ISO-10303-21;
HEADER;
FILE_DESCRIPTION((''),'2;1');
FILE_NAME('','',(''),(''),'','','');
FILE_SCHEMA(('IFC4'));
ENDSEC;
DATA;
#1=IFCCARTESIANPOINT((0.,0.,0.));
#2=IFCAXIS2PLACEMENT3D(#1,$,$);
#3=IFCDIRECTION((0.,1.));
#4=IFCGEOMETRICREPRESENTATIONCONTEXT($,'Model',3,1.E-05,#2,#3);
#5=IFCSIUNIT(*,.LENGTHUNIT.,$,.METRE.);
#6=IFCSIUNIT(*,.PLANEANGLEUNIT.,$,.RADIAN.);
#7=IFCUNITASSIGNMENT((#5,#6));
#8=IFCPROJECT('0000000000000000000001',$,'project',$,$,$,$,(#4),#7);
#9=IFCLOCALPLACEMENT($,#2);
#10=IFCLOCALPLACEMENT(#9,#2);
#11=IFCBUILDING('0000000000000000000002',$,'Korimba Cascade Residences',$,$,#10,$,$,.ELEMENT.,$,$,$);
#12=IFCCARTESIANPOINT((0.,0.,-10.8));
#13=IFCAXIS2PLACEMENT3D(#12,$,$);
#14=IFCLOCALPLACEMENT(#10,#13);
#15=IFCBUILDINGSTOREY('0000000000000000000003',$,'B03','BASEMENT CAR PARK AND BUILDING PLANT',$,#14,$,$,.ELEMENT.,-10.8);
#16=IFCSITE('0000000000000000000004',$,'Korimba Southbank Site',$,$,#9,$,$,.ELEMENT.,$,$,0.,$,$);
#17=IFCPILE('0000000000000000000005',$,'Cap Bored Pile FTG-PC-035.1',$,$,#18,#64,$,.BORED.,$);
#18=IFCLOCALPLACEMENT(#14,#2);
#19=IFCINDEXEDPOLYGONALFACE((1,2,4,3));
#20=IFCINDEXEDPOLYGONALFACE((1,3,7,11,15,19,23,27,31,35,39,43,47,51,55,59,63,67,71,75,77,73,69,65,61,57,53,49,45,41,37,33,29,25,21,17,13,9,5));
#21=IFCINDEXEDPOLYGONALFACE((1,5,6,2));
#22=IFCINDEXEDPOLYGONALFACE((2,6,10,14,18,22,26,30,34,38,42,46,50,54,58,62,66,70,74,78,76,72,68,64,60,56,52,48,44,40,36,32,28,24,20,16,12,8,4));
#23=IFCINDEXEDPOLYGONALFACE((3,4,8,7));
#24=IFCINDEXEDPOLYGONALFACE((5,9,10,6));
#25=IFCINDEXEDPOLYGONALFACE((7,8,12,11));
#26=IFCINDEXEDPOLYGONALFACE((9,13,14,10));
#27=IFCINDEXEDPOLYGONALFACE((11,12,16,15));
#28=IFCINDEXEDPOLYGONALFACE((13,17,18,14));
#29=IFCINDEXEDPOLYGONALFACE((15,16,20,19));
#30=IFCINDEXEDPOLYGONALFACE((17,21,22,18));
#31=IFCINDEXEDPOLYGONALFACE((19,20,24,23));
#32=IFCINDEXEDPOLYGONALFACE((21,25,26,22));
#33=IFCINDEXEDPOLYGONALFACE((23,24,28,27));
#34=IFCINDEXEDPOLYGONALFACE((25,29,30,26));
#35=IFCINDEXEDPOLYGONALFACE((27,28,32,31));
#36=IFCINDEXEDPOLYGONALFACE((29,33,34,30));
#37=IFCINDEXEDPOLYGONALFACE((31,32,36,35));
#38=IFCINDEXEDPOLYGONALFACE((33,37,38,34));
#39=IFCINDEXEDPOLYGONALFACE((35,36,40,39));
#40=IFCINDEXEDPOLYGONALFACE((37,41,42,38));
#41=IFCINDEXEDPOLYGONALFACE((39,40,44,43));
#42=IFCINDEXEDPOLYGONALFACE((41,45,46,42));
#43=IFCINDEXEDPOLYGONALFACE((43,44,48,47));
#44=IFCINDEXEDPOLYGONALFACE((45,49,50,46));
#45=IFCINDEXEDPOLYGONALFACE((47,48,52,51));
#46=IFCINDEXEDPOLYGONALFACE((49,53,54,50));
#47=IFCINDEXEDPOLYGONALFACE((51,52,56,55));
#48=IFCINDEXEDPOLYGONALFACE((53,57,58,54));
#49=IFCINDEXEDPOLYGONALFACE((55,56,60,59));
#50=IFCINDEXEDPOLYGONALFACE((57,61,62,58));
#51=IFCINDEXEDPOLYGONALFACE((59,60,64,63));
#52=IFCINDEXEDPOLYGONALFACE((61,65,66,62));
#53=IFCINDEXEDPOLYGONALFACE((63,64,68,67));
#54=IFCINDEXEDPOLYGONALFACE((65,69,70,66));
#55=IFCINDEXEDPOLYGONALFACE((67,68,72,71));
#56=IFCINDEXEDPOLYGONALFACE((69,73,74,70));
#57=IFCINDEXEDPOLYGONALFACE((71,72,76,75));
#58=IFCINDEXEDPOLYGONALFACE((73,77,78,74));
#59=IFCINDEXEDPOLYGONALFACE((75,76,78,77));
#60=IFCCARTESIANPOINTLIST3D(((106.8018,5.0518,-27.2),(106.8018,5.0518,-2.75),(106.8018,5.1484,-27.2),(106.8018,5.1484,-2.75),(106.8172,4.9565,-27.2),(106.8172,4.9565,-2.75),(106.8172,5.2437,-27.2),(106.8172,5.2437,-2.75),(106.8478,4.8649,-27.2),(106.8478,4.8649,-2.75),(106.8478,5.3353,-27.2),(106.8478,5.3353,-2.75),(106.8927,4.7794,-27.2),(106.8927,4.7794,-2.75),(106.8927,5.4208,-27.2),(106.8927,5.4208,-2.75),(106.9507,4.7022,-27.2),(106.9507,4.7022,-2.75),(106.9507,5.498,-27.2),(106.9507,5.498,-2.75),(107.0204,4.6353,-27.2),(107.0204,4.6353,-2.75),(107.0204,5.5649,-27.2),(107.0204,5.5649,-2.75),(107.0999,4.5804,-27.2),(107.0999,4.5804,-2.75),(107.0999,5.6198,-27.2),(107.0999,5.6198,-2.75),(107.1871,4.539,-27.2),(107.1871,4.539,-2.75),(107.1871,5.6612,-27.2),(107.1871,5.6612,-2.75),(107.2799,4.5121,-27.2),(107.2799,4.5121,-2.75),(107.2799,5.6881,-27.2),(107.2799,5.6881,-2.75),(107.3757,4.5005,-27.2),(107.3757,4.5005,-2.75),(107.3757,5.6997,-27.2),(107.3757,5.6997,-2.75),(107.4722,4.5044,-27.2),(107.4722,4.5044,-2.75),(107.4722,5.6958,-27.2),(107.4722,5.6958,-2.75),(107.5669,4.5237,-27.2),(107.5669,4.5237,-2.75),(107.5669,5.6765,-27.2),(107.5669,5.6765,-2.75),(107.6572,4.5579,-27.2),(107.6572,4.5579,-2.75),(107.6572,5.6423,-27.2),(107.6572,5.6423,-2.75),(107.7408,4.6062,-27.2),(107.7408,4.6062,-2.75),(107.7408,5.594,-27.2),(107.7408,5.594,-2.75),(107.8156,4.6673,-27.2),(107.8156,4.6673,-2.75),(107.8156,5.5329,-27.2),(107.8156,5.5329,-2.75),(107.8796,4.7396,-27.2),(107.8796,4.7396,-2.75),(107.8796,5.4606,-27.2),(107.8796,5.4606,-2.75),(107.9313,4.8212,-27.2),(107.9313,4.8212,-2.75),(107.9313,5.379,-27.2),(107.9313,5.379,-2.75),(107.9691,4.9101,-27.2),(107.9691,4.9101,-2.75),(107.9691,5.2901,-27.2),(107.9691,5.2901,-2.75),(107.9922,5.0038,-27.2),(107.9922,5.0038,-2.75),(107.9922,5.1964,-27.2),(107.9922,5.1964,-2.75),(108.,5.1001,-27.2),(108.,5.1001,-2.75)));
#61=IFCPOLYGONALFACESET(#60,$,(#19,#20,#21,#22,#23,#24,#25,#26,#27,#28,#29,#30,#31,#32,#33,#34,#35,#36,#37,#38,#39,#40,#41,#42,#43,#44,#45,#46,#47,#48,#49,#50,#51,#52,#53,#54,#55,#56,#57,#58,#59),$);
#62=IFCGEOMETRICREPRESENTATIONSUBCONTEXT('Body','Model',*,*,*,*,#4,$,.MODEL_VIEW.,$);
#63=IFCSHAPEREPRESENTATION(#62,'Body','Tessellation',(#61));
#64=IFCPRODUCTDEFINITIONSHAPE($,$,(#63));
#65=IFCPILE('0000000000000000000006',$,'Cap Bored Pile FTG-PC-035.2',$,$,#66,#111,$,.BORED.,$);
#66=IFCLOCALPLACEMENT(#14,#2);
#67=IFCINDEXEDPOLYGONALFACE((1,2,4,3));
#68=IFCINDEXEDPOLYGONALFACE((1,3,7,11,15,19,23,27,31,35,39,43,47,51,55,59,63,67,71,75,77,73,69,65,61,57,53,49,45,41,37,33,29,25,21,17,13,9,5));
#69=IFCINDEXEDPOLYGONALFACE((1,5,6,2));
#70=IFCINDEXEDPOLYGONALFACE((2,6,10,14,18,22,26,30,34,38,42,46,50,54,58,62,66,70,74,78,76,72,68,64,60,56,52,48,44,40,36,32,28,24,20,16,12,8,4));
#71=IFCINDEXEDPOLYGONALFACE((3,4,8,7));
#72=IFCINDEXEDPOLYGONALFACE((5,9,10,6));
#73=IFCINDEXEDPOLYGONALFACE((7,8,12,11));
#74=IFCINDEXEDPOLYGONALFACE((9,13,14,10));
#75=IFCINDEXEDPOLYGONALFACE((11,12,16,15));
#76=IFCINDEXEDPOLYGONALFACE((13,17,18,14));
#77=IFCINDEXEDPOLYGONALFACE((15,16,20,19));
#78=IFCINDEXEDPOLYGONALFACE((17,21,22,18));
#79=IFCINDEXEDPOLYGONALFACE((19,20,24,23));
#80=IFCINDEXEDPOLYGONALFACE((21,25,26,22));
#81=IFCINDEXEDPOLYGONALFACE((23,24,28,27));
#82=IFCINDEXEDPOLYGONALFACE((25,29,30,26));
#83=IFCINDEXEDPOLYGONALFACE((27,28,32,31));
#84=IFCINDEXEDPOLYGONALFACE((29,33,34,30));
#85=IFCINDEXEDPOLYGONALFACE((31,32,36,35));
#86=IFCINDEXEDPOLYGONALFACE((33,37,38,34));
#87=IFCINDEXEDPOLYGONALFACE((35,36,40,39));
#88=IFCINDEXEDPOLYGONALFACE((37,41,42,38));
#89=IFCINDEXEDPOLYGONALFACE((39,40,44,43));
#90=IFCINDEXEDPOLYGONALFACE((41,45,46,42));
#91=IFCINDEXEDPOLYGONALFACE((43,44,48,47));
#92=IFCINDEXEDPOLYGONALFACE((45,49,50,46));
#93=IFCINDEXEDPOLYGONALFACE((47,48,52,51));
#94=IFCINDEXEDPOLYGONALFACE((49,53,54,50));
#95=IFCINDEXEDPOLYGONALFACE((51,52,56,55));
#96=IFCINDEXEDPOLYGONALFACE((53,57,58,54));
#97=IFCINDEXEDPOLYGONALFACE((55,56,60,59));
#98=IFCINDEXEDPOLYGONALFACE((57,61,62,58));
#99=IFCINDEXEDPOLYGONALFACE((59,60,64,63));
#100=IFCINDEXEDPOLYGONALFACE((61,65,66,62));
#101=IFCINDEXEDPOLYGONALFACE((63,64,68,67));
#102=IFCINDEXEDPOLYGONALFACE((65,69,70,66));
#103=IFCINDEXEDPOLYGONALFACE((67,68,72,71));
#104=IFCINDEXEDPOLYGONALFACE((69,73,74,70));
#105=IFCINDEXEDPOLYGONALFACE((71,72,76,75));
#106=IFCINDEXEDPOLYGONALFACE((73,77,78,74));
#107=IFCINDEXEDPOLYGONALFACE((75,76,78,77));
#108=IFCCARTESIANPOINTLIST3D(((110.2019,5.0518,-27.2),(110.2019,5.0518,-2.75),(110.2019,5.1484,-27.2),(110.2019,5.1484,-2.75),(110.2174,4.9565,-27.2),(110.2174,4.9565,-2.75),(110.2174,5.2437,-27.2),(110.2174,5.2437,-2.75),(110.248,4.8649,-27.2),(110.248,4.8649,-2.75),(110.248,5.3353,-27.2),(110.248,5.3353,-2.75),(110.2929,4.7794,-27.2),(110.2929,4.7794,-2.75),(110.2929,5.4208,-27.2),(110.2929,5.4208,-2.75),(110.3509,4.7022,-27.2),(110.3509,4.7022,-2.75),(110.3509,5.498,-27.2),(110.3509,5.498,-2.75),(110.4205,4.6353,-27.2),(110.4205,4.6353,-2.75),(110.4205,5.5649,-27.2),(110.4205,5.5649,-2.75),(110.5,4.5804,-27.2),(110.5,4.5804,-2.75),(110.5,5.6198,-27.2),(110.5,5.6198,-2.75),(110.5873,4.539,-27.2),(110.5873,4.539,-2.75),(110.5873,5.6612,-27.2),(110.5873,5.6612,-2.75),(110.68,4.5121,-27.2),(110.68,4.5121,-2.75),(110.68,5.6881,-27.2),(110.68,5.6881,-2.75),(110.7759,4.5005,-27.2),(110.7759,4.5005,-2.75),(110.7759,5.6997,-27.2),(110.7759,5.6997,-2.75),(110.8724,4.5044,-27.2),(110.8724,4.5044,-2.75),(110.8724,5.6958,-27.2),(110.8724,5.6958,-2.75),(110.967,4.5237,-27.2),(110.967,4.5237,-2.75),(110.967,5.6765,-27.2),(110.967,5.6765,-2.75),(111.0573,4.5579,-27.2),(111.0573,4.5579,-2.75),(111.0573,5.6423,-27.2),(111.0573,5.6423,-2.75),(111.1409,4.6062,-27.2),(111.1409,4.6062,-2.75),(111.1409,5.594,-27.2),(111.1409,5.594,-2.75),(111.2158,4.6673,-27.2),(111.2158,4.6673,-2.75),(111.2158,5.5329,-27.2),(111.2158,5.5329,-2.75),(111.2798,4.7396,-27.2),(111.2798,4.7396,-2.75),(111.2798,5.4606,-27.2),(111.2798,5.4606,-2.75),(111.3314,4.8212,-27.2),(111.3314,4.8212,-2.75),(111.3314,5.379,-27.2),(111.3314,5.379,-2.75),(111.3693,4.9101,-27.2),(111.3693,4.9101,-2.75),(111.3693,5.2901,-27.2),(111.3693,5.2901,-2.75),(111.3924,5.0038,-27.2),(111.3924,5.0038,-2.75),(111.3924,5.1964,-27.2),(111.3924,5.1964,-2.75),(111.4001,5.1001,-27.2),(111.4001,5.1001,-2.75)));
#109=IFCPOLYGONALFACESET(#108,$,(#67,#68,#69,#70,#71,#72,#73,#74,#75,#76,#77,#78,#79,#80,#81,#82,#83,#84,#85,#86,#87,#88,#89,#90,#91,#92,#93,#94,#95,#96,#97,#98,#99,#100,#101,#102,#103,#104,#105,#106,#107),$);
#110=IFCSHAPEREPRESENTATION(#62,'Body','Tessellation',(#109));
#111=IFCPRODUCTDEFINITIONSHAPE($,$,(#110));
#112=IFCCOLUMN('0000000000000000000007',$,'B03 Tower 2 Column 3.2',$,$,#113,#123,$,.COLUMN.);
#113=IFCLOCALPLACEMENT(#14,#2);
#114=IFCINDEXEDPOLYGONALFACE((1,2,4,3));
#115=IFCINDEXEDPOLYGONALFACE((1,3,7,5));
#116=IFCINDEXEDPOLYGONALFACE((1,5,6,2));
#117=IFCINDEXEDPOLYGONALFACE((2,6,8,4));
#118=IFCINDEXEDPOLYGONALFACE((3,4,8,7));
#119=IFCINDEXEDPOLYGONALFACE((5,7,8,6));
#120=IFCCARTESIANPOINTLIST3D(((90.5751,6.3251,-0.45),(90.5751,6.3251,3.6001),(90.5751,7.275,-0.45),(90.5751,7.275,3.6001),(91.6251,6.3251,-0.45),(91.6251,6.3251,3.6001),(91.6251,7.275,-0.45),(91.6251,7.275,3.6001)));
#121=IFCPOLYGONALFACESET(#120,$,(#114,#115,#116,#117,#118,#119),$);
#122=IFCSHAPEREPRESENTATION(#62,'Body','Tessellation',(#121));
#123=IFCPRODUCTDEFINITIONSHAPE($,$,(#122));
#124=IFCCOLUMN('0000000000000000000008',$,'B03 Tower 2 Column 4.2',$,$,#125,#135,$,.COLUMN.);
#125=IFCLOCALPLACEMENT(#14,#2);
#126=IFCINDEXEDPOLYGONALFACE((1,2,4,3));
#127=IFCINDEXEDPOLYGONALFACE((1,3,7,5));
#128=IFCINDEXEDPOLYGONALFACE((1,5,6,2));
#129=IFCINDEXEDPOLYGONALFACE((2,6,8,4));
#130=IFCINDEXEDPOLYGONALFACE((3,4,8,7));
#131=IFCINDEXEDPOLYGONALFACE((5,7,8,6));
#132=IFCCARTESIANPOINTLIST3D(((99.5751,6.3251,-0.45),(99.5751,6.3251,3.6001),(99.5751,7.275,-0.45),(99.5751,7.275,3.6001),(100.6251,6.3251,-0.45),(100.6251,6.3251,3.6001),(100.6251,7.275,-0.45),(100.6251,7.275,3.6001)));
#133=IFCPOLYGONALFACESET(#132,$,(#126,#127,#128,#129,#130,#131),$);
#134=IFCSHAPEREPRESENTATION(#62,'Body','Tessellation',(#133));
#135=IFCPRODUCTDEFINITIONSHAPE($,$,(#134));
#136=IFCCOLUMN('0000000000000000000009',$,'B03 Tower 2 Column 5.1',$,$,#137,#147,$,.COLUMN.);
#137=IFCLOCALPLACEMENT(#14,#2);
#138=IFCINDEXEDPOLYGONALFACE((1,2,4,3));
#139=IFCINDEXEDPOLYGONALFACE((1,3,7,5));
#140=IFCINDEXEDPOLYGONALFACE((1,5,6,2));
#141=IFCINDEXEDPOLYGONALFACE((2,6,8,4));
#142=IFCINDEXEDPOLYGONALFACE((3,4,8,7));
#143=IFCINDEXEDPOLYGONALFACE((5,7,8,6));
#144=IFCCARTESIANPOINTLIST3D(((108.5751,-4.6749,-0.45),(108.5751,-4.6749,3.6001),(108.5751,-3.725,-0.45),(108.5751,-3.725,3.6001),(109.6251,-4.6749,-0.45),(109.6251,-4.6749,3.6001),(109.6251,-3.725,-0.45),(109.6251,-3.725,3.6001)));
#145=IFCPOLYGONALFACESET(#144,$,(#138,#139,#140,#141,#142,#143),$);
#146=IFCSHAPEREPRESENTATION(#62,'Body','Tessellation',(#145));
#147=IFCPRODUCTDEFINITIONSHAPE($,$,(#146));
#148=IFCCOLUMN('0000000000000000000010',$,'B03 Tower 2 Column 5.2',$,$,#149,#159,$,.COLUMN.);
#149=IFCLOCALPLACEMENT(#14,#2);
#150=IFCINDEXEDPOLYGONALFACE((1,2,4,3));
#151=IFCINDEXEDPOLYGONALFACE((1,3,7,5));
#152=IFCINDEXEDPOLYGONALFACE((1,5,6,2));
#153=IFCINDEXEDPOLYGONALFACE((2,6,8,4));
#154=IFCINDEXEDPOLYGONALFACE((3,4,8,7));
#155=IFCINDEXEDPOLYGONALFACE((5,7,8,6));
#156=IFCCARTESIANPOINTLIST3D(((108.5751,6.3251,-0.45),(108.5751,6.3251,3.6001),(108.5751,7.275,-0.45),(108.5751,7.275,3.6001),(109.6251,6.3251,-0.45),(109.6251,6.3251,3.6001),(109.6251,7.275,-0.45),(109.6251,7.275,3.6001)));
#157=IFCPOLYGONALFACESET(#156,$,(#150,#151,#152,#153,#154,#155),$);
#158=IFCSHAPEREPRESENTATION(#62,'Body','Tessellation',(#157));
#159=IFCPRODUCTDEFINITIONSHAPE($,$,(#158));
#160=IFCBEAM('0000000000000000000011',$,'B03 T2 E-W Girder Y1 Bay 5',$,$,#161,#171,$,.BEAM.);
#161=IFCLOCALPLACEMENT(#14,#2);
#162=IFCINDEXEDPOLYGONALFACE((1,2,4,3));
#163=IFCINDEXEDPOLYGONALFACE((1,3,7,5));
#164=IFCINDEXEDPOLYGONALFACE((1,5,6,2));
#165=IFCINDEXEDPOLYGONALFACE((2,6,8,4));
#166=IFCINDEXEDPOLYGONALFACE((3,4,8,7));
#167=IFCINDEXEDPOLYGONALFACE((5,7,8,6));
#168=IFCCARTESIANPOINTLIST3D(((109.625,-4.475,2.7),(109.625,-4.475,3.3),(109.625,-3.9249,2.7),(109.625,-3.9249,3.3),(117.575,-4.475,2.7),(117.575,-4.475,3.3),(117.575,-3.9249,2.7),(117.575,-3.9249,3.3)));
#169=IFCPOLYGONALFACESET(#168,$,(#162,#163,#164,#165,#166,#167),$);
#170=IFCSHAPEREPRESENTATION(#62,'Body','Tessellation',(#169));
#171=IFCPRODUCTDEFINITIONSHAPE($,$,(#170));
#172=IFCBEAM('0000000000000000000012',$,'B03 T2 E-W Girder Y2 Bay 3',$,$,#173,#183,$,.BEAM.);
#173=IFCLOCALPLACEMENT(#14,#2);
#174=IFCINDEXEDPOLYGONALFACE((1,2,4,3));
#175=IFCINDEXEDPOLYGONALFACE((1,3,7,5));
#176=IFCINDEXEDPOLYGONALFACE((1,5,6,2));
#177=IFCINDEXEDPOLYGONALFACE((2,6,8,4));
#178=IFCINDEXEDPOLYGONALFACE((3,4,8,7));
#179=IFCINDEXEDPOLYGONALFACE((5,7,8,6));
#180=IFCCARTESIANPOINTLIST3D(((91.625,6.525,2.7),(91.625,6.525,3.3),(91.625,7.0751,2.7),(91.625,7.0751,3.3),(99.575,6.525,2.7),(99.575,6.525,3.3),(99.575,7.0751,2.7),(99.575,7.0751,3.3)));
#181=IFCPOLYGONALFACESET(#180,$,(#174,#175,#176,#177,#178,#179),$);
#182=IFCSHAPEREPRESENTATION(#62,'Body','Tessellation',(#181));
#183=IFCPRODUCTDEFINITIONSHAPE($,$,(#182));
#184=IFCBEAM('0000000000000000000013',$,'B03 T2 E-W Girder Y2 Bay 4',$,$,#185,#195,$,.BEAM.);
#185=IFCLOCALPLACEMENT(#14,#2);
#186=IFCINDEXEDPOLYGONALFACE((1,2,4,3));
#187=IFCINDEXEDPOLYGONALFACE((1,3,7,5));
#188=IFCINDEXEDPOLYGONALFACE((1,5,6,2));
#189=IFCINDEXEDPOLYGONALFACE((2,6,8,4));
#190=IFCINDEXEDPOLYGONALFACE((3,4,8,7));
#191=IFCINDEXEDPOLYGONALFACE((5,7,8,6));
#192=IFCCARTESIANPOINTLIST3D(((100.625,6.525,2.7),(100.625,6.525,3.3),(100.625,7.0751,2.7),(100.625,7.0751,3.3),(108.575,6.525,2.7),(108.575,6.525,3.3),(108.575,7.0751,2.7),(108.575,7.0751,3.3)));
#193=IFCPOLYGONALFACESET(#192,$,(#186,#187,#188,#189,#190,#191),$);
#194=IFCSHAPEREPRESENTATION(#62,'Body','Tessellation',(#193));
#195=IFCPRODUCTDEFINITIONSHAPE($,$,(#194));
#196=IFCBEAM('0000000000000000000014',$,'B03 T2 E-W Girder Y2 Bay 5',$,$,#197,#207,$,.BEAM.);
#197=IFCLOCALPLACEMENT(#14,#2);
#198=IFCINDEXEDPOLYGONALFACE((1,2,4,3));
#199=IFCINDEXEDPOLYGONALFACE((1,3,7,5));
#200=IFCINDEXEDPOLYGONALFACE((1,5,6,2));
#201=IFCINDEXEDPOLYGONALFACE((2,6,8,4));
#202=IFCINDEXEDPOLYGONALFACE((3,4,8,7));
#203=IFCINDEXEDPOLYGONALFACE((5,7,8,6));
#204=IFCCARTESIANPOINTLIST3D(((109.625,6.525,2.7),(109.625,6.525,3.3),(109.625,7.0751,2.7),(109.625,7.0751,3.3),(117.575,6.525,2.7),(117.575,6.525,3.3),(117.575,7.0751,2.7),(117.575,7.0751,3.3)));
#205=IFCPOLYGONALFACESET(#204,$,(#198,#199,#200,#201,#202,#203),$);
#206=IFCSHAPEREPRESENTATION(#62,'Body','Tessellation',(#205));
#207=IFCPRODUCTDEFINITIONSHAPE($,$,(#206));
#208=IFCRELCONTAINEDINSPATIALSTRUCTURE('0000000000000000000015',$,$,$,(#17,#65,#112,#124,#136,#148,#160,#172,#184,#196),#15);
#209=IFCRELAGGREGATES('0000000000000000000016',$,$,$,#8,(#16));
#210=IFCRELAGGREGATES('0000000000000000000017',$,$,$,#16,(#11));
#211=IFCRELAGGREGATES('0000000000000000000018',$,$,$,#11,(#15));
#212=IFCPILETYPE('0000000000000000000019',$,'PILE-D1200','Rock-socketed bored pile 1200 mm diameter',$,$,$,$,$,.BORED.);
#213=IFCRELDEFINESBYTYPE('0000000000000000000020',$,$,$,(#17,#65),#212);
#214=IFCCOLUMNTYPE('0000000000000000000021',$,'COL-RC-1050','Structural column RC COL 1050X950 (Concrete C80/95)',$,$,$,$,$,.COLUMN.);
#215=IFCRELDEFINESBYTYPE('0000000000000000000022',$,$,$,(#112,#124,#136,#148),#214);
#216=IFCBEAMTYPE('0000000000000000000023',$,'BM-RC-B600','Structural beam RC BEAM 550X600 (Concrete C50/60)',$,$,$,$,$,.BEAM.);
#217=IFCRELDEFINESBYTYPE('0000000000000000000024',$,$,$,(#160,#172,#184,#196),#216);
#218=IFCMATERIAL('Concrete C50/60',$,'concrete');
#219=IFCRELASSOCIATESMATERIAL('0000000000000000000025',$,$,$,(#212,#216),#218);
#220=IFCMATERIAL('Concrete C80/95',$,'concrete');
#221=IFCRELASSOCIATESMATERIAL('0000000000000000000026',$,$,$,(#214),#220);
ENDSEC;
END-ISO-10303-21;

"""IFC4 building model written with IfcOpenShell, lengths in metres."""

from ifc_helpers import new_model, si_unit, direction, frame, origin, origin_2d, place, context, subcontext, project, spatial, rectangle, circle, extrude, material, material_profile, profile_set, type_object, element, save


model = new_model("IFC4")

# Units and contexts
model_context = context("Model", 3, precision=1e-05, world=origin(), true_north=direction((0.0, 1.0)))
body_context = subcontext(model_context, "Body", "Model", "MODEL_VIEW")
ifc_project = project(units=[si_unit("LENGTHUNIT", "METRE"), si_unit("PLANEANGLEUNIT", "RADIAN")], contexts=[model_context])

# Site, building, storey
site_placement = place(None, origin())
site = spatial("IfcSite", under=ifc_project, at=site_placement, Name="Korimba Southbank Site", CompositionType="ELEMENT", RefElevation=0.0)
building_placement = place(site_placement, origin())
building = spatial("IfcBuilding", under=site, at=building_placement, Name="Korimba Cascade Residences", CompositionType="ELEMENT")
storey_placement = place(building_placement, frame((0.0, 0.0, -10.8)))
storey = spatial("IfcBuildingStorey", under=building, at=storey_placement, Name="B03", Description="BASEMENT CAR PARK AND BUILDING PLANT", CompositionType="ELEMENT", Elevation=-10.8)

# Piles
ifc_material_1 = material(Name="Concrete C50/60", Category="concrete")
ifc_material_profile_1 = material_profile(ifc_material_1, circle(Radius=0.6001, at=origin_2d()), Name="Concrete C50/60")
ifc_profile_set_1 = profile_set([ifc_material_profile_1], Name="Concrete C50/60")
pile_type = type_object("IfcPileType", Name="PILE-D1200", Description="Rock-socketed bored pile 1200 mm diameter", PredefinedType="BORED", material=ifc_profile_set_1)
for number, where, z_axis, x_axis, name in (
    (1, (107.3999, 5.1001, -2.75), (0.0, 0.0, -1.0), (1.0, 0.0, 0.0), "Cap Bored Pile FTG-PC-035.1"),
    (2, (110.8, 5.1001, -2.75), (0.0, 0.0, -1.0), (1.0, 0.0, 0.0), "Cap Bored Pile FTG-PC-035.2"),
):
    element("IfcPile", number, at=place(storey_placement, frame(where, z_axis=z_axis, x_axis=x_axis)), inside=storey, type_object=pile_type, Name=name, PredefinedType="BORED", context=body_context, shape_type="SweptSolid", body=[
        extrude(circle(Radius=0.6001, at=origin_2d()), origin(), (0.0, 0.0, 1.0), 24.45),
    ])

# Columns
ifc_material_2 = material(Name="Concrete C80/95", Category="concrete")
ifc_material_profile_2 = material_profile(ifc_material_2, rectangle(XDim=1.05, YDim=0.95, at=origin_2d()), Name="Concrete C80/95")
ifc_profile_set_2 = profile_set([ifc_material_profile_2], Name="Concrete C80/95")
column_type = type_object("IfcColumnType", Name="COL-RC-1050", Description="Structural column RC COL 1050X950 (Concrete C80/95)", PredefinedType="COLUMN", material=ifc_profile_set_2)
for number, where, z_axis, x_axis, name in (
    (3, (91.1001, 6.8, -0.45), (0.0, 0.0, 1.0), (1.0, 0.0, 0.0), "B03 Tower 2 Column 3.2"),
    (4, (100.1001, 6.8, -0.45), (0.0, 0.0, 1.0), (1.0, 0.0, 0.0), "B03 Tower 2 Column 4.2"),
    (5, (109.1001, -4.2, -0.45), (0.0, 0.0, 1.0), (1.0, 0.0, 0.0), "B03 Tower 2 Column 5.1"),
    (6, (109.1001, 6.8, -0.45), (0.0, 0.0, 1.0), (1.0, 0.0, 0.0), "B03 Tower 2 Column 5.2"),
):
    element("IfcColumn", number, at=place(storey_placement, frame(where, z_axis=z_axis, x_axis=x_axis)), inside=storey, type_object=column_type, Name=name, PredefinedType="COLUMN", context=body_context, shape_type="SweptSolid", body=[
        extrude(rectangle(XDim=1.05, YDim=0.95, at=origin_2d()), origin(), (0.0, 0.0, 1.0), 4.05),
    ])

# Beams
ifc_material_profile_3 = material_profile(ifc_material_1, rectangle(XDim=0.55, YDim=0.6001, at=origin_2d()), Name="Concrete C50/60")
ifc_profile_set_3 = profile_set([ifc_material_profile_3], Name="Concrete C50/60")
beam_type_1 = type_object("IfcBeamType", Name="BM-RC-B600", Description="Structural beam RC BEAM 550X600 (Concrete C50/60)", PredefinedType="BEAM", material=ifc_profile_set_3)
for number, where, z_axis, x_axis, name in (
    (7, (109.625, -4.2, 3.0), (1.0, 0.0, 0.0), (0.0, 1.0, 0.0), "B03 T2 E-W Girder Y1 Bay 5"),
    (8, (91.625, 6.8, 3.0), (1.0, 0.0, 0.0), (0.0, 1.0, 0.0), "B03 T2 E-W Girder Y2 Bay 3"),
    (9, (100.625, 6.8, 3.0), (1.0, 0.0, 0.0), (0.0, 1.0, 0.0), "B03 T2 E-W Girder Y2 Bay 4"),
    (10, (109.625, 6.8, 3.0), (1.0, 0.0, 0.0), (0.0, 1.0, 0.0), "B03 T2 E-W Girder Y2 Bay 5"),
):
    element("IfcBeam", number, at=place(storey_placement, frame(where, z_axis=z_axis, x_axis=x_axis)), inside=storey, type_object=beam_type_1, Name=name, PredefinedType="BEAM", context=body_context, shape_type="SweptSolid", body=[
        extrude(rectangle(XDim=0.55, YDim=0.6001, at=origin_2d()), origin(), (0.0, 0.0, 1.0), 7.95),
    ])

save(model, "model.ifc")
